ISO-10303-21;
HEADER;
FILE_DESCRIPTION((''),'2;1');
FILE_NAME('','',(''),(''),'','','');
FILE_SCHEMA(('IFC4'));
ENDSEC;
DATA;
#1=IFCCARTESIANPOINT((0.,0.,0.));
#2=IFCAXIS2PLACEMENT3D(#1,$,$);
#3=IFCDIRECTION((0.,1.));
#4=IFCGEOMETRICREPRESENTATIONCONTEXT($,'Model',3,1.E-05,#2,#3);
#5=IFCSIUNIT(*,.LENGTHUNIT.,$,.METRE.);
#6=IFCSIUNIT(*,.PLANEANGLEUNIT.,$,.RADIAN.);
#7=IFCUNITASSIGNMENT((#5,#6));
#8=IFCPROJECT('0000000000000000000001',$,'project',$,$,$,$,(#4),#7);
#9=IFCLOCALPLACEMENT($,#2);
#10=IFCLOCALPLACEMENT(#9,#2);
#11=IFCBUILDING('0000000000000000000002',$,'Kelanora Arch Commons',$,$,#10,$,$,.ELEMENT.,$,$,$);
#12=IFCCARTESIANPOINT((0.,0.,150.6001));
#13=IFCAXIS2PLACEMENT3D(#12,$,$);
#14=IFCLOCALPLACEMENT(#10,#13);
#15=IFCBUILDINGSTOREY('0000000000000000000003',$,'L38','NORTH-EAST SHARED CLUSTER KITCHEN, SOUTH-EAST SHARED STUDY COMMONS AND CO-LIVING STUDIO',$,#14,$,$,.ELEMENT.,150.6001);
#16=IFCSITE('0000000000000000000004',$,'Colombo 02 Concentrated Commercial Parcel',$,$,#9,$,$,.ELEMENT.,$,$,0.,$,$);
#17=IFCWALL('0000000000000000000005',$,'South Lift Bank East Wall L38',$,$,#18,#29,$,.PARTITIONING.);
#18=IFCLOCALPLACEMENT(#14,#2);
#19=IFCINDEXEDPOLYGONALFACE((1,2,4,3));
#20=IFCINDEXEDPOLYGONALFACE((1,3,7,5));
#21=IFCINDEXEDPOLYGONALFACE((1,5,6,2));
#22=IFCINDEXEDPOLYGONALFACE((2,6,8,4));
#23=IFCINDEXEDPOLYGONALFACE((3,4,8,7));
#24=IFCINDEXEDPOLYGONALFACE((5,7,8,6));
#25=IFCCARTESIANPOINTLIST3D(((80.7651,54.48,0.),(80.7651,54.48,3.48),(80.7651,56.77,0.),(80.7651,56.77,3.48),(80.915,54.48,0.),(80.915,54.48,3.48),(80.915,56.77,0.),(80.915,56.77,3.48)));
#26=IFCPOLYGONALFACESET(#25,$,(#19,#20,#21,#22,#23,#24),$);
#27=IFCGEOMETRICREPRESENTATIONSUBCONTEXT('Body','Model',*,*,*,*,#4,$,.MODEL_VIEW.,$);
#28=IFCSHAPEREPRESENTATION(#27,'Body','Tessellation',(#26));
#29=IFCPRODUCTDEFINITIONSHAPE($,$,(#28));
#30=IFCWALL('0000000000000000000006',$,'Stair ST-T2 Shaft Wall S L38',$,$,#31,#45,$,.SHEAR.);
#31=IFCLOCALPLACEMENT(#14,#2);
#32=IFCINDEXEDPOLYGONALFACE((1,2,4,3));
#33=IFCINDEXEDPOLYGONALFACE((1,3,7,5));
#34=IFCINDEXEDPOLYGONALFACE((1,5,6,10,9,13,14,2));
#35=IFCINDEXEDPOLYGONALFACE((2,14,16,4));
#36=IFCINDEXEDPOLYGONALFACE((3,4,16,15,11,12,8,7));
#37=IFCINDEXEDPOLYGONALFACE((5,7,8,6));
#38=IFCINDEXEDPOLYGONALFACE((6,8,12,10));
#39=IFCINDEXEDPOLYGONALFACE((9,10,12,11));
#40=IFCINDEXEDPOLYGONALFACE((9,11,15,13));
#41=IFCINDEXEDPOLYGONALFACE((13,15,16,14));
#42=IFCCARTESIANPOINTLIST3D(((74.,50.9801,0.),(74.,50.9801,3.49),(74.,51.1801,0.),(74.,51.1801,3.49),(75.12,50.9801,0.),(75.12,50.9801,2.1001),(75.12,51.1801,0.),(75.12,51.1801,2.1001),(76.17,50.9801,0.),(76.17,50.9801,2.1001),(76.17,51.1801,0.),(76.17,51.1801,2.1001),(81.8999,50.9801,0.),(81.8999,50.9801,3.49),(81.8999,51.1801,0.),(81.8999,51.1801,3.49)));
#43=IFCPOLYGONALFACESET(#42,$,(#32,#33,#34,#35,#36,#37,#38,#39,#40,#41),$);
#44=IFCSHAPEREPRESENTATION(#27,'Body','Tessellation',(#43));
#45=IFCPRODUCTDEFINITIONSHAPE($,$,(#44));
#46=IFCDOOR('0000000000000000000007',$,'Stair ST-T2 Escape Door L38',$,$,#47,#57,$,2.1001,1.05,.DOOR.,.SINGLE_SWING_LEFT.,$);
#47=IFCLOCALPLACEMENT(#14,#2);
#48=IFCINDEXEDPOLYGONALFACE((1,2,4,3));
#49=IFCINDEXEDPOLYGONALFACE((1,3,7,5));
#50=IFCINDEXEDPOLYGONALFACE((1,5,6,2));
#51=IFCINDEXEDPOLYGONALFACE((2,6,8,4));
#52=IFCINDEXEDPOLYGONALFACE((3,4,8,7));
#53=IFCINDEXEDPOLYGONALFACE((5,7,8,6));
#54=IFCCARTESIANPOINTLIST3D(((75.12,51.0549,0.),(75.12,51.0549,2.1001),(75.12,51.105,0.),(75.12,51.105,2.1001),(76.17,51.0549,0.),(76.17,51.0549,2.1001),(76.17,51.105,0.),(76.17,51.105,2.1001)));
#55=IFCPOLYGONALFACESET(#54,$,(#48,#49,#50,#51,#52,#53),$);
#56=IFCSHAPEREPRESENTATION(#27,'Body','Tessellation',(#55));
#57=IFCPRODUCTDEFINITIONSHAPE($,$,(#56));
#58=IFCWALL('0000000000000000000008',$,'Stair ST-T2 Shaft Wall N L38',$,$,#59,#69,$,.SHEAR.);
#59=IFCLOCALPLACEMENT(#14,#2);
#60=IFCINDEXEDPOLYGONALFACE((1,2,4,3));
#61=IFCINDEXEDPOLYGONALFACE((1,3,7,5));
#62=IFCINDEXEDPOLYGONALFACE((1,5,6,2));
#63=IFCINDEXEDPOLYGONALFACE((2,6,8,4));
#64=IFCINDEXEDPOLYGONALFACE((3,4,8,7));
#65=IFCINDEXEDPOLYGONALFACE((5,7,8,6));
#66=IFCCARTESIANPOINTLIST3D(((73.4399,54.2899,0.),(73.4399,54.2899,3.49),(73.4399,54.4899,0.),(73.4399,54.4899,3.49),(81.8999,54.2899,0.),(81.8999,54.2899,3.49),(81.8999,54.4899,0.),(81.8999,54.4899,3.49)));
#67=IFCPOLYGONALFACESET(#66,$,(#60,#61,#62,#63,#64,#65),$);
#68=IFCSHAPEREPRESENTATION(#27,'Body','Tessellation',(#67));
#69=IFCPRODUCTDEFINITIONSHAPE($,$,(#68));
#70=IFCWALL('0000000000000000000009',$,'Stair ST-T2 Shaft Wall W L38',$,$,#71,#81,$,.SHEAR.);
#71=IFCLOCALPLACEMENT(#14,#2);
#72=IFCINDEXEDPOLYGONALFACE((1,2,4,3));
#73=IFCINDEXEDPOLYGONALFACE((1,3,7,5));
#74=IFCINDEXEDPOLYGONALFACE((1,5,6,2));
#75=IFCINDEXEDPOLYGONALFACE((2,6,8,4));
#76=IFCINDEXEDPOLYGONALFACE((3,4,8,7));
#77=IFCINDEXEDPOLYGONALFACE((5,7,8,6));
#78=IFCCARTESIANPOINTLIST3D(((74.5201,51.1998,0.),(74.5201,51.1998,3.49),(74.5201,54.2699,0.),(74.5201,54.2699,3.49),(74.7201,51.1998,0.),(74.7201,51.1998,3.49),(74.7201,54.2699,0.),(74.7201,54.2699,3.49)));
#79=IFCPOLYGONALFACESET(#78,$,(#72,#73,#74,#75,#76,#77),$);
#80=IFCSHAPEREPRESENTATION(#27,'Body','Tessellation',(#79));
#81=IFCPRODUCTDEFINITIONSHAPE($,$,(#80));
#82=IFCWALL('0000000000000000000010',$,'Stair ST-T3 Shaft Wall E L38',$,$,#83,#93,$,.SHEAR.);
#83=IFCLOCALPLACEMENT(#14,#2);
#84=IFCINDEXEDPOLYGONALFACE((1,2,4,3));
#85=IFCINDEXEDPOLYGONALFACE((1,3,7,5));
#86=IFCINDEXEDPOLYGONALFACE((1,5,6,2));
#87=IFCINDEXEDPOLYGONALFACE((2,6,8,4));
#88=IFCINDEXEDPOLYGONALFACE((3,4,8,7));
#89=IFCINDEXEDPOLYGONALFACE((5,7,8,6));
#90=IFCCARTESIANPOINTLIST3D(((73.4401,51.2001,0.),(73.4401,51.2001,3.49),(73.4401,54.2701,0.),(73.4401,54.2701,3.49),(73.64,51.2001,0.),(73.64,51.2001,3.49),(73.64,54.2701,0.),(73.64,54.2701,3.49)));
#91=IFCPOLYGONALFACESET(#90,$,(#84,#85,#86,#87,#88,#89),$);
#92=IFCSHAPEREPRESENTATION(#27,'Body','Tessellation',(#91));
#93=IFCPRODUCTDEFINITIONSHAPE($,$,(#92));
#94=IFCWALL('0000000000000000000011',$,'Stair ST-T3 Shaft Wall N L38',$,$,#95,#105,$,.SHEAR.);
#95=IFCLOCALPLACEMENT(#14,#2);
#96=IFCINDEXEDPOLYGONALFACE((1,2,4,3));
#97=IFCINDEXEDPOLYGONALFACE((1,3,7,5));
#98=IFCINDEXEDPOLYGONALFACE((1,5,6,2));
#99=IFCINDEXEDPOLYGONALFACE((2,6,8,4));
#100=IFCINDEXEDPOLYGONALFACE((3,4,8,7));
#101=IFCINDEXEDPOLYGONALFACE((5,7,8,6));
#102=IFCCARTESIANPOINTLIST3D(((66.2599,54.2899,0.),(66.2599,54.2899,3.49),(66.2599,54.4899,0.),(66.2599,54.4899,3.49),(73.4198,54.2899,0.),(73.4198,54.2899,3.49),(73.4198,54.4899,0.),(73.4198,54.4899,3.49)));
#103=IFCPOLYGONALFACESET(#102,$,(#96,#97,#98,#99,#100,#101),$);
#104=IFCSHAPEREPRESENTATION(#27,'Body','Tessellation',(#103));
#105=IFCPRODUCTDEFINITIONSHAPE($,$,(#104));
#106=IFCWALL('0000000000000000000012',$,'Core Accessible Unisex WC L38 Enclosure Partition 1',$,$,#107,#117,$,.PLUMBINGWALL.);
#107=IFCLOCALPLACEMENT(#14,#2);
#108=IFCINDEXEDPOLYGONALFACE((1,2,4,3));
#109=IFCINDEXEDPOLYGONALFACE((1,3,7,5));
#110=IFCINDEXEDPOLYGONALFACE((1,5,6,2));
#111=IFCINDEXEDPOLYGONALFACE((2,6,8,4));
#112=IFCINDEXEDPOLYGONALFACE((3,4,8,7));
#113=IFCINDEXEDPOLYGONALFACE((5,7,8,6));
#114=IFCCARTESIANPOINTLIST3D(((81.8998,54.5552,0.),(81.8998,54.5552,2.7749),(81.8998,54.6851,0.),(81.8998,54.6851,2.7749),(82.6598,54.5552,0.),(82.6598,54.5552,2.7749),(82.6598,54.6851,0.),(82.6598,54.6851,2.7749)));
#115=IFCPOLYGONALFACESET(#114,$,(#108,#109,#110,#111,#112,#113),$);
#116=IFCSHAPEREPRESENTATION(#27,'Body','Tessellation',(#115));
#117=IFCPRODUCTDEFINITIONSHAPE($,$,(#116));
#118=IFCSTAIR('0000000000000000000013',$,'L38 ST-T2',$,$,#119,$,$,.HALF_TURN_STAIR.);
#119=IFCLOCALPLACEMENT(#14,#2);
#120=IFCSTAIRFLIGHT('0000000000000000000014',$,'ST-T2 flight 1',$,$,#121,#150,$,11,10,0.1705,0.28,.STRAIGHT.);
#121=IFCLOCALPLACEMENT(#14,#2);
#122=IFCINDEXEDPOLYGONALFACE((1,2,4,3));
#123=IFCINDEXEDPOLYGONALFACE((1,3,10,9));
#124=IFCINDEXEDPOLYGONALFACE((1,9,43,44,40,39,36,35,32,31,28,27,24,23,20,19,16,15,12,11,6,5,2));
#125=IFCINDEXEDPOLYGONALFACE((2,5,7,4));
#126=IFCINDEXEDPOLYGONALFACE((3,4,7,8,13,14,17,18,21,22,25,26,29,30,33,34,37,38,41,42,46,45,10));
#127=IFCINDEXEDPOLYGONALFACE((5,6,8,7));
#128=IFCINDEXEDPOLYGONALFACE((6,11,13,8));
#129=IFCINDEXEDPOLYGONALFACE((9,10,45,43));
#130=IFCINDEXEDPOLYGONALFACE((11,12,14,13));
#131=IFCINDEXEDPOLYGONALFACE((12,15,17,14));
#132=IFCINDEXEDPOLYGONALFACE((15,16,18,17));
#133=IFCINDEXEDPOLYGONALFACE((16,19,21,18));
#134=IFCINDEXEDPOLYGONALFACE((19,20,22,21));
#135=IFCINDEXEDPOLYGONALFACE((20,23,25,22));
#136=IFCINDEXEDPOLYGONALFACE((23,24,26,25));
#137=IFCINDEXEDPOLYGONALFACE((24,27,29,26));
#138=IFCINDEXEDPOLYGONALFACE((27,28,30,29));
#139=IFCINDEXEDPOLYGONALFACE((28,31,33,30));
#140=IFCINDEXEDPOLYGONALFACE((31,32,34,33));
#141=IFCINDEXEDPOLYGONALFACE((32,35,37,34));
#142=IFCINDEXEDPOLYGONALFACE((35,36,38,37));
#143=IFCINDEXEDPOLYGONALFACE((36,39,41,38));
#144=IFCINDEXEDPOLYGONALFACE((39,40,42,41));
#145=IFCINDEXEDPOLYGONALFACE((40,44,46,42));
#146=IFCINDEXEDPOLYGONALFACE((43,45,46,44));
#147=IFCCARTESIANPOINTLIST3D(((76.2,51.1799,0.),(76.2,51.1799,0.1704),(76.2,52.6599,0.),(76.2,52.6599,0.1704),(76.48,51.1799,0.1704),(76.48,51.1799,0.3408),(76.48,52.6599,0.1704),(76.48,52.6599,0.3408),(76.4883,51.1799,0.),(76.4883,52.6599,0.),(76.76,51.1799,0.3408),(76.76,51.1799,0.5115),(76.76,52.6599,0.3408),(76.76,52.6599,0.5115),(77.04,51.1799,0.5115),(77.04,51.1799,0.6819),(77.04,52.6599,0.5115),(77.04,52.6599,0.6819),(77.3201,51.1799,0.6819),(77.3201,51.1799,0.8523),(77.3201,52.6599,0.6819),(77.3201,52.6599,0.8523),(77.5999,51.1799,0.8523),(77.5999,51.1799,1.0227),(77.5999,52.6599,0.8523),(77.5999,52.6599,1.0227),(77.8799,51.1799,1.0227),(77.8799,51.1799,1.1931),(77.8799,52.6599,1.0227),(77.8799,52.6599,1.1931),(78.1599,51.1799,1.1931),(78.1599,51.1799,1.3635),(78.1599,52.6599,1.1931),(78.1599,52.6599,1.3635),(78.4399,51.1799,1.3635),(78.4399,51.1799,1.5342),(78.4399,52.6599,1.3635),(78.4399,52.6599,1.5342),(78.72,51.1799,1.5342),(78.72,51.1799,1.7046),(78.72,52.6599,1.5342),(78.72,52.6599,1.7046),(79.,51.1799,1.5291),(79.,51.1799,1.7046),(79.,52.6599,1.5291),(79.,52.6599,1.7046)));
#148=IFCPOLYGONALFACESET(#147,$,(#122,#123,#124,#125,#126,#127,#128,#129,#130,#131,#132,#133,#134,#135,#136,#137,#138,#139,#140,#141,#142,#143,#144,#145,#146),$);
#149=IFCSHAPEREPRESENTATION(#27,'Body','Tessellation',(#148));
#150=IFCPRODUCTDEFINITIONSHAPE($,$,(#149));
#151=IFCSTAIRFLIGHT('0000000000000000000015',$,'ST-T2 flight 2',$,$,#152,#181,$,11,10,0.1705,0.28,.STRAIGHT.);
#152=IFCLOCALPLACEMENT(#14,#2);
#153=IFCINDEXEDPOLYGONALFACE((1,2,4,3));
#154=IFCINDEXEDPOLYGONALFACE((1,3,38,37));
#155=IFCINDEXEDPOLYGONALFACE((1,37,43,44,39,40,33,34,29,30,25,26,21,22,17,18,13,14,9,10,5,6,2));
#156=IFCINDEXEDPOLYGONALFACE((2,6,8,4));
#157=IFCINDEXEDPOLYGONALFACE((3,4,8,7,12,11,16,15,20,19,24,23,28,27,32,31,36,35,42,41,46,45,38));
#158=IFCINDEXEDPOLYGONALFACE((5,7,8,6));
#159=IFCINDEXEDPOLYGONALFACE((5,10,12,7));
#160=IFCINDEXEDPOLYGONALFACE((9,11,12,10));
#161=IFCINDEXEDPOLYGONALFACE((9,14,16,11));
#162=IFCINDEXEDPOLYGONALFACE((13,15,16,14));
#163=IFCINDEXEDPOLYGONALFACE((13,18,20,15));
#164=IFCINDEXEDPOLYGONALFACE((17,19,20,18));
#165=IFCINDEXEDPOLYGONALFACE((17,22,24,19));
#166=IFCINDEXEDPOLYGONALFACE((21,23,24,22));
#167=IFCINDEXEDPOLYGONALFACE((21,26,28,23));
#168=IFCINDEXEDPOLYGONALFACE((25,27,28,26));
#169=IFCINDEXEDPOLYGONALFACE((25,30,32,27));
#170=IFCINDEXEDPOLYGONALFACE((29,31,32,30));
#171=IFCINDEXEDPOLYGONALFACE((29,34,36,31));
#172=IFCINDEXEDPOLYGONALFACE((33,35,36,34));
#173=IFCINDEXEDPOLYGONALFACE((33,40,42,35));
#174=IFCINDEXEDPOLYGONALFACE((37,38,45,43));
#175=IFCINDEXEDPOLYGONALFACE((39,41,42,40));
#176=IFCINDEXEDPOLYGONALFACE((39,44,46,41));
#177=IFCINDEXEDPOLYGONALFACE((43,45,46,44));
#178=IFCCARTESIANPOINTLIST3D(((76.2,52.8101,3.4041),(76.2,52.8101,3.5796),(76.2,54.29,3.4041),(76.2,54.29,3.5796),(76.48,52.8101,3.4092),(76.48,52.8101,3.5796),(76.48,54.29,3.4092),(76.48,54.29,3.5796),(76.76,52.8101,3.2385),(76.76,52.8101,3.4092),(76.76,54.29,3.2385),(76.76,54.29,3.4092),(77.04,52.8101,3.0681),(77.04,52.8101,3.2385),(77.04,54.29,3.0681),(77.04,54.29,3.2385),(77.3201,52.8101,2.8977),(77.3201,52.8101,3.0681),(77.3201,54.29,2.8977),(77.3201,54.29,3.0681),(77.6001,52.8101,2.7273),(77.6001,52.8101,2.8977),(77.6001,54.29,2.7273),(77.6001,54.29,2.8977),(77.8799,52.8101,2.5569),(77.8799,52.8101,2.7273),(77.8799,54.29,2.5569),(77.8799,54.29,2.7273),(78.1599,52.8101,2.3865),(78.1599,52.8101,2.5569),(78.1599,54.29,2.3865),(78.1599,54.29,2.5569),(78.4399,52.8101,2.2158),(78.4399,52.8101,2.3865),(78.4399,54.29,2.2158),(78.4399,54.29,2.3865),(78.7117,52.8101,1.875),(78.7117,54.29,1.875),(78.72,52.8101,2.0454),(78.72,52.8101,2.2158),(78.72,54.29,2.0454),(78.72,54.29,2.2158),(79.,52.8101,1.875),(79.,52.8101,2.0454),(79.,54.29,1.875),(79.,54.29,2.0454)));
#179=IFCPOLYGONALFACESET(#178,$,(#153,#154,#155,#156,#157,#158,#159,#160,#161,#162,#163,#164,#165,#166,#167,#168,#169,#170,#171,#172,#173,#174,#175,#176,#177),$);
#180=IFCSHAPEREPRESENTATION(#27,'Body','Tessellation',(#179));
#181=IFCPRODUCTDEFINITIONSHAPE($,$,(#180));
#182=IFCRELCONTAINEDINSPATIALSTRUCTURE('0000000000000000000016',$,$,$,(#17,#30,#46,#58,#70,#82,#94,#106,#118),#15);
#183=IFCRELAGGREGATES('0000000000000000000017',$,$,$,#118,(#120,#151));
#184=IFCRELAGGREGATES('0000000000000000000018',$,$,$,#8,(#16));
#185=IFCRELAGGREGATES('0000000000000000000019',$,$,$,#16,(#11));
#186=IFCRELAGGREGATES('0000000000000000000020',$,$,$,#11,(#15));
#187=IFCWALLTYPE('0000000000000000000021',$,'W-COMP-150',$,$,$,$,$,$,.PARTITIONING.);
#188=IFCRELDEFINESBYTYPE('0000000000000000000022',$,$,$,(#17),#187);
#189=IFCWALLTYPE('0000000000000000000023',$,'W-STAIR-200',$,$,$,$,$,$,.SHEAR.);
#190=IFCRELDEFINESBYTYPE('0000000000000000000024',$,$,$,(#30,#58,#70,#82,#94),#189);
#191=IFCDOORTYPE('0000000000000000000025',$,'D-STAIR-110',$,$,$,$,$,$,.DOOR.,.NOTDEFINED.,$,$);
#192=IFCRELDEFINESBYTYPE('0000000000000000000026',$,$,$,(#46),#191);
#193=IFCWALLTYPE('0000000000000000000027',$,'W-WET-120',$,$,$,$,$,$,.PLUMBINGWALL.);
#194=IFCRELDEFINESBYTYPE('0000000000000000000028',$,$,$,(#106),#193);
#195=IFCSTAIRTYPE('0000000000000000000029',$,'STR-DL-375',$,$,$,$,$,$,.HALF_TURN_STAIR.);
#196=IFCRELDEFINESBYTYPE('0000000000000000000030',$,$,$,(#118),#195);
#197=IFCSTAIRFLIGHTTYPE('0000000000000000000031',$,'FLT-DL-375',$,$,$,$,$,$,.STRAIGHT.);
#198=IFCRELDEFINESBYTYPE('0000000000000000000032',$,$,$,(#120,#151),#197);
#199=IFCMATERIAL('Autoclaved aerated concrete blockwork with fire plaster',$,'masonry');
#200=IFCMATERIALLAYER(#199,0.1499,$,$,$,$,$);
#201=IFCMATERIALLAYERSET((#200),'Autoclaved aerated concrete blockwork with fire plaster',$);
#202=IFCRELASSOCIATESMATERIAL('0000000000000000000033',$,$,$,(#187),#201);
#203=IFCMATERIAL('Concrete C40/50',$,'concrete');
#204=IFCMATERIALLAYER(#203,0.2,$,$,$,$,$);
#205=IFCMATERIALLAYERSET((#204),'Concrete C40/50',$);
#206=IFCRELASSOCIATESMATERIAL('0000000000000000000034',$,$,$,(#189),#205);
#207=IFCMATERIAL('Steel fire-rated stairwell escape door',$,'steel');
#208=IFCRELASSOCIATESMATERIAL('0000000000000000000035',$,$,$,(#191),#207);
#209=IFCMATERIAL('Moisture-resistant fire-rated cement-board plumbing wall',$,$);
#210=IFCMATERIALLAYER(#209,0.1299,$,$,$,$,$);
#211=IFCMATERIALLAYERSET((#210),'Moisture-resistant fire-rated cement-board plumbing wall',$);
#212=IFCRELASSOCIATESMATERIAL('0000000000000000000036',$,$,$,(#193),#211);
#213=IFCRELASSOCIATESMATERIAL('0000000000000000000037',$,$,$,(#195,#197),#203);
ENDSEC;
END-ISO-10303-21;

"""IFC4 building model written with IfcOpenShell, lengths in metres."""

from ifc_helpers import new_model, si_unit, direction, frame, frame_2d, origin, place, context, subcontext, project, spatial, polyline, rectangle, outline, extrude, material, layer, layer_set, type_object, element, fill, aggregate, save


model = new_model("IFC4")

# Units and contexts
model_context = context("Model", 3, precision=1e-05, world=origin(), true_north=direction((0.0, 1.0)))
body_context = subcontext(model_context, "Body", "Model", "MODEL_VIEW")
ifc_project = project(units=[si_unit("LENGTHUNIT", "METRE"), si_unit("PLANEANGLEUNIT", "RADIAN")], contexts=[model_context])

# Site, building, storey
site_placement = place(None, origin())
site = spatial("IfcSite", under=ifc_project, at=site_placement, Name="Colombo 02 Concentrated Commercial Parcel", CompositionType="ELEMENT", RefElevation=0.0)
building_placement = place(site_placement, origin())
building = spatial("IfcBuilding", under=site, at=building_placement, Name="Kelanora Arch Commons", CompositionType="ELEMENT")
storey_placement = place(building_placement, frame((0.0, 0.0, 150.6001)))
storey = spatial("IfcBuildingStorey", under=building, at=storey_placement, Name="L38", Description="NORTH-EAST SHARED CLUSTER KITCHEN, SOUTH-EAST SHARED STUDY COMMONS AND CO-LIVING STUDIO", CompositionType="ELEMENT", Elevation=150.6001)

# Wall
ifc_material_1 = material(Name="Autoclaved aerated concrete blockwork with fire plaster", Category="masonry")
ifc_layer_1 = layer(ifc_material_1, 0.1499)
ifc_layer_set_1 = layer_set([ifc_layer_1], Name="Autoclaved aerated concrete blockwork with fire plaster")
wall_type_1 = type_object("IfcWallType", Name="W-COMP-150", PredefinedType="PARTITIONING", material=ifc_layer_set_1)
wall_1_placement = place(storey_placement, frame((80.8401, 54.48, 0.0), z_axis=(0.0, 0.0, 1.0), x_axis=(0.0, 1.0, 0.0)))
element("IfcWall", 1, at=wall_1_placement, inside=storey, type_object=wall_type_1, Name="South Lift Bank East Wall L38", PredefinedType="PARTITIONING", context=body_context, shape_type="SweptSolid", body=[
    extrude(rectangle(XDim=2.29, YDim=0.1499, at=frame_2d((1.145, 0.0))), origin(), (0.0, 0.0, 1.0), 3.48),
])

# Wall, opening, door
ifc_material_2 = material(Name="Concrete C40/50", Category="concrete")
ifc_layer_2 = layer(ifc_material_2, 0.2)
ifc_layer_set_2 = layer_set([ifc_layer_2], Name="Concrete C40/50")
wall_type_2 = type_object("IfcWallType", Name="W-STAIR-200", PredefinedType="SHEAR", material=ifc_layer_set_2)
wall_2_placement = place(storey_placement, frame((74.0, 51.0801, 0.0), z_axis=(0.0, 0.0, 1.0), x_axis=(1.0, 0.0, 0.0)))
wall_2 = element("IfcWall", 2, at=wall_2_placement, inside=storey, type_object=wall_type_2, Name="Stair ST-T2 Shaft Wall S L38", PredefinedType="SHEAR", context=body_context, shape_type="SweptSolid", body=[
    extrude(rectangle(XDim=7.8999, YDim=0.2, at=frame_2d((3.95, 0.0))), origin(), (0.0, 0.0, 1.0), 3.49),
])
opening_placement = place(wall_2_placement, frame((1.1201, 0.0, 0.0)))
opening = element("IfcOpeningElement", 3, at=opening_placement, cuts=wall_2, PredefinedType="OPENING", context=body_context, shape_type="SweptSolid", body=[
    extrude(rectangle(XDim=1.05, YDim=2.1001, at=frame_2d((0.5249, 1.05))), frame((0.0, 0.1099, 0.0), z_axis=(0.0, -1.0, 0.0), x_axis=(1.0, 0.0, 0.0)), (0.0, 0.0, 1.0), 0.22),
])
ifc_material_3 = material(Name="Steel fire-rated stairwell escape door", Category="steel")
door_type = type_object("IfcDoorType", Name="D-STAIR-110", OperationType="NOTDEFINED", PredefinedType="DOOR", material=ifc_material_3)
door_placement = place(opening_placement, origin())
door = element("IfcDoor", 4, at=door_placement, inside=storey, type_object=door_type, Name="Stair ST-T2 Escape Door L38", OperationType="SINGLE_SWING_LEFT", OverallHeight=2.1001, OverallWidth=1.05, PredefinedType="DOOR", context=body_context, shape_type="SweptSolid", body=[
    extrude(rectangle(XDim=1.05, YDim=2.1001, at=frame_2d((0.5249, 1.05))), frame((0.0, 0.0249, 0.0), z_axis=(0.0, -1.0, 0.0), x_axis=(1.0, 0.0, 0.0)), (0.0, 0.0, 1.0), 0.05),
])
fill(opening, door)

# Walls
wall_3_placement = place(storey_placement, frame((81.8999, 54.3899, 0.0), z_axis=(0.0, 0.0, 1.0), x_axis=(-1.0, 0.0, 0.0)))
element("IfcWall", 5, at=wall_3_placement, inside=storey, type_object=wall_type_2, Name="Stair ST-T2 Shaft Wall N L38", PredefinedType="SHEAR", context=body_context, shape_type="SweptSolid", body=[
    extrude(rectangle(XDim=8.46, YDim=0.2, at=frame_2d((4.23, 0.0))), origin(), (0.0, 0.0, 1.0), 3.49),
])
for number, where, z_axis, x_axis, name in (
    (6, (74.6201, 54.27, 0.0), (0.0, 0.0, 1.0), (0.0, -1.0, 0.0), "Stair ST-T2 Shaft Wall W L38"),
    (7, (73.54, 51.2, 0.0), (0.0, 0.0, 1.0), (0.0, 1.0, 0.0), "Stair ST-T3 Shaft Wall E L38"),
):
    element("IfcWall", number, at=place(storey_placement, frame(where, z_axis=z_axis, x_axis=x_axis)), inside=storey, type_object=wall_type_2, Name=name, PredefinedType="SHEAR", context=body_context, shape_type="SweptSolid", body=[
        extrude(rectangle(XDim=3.0701, YDim=0.2, at=frame_2d((1.5352, 0.0))), origin(), (0.0, 0.0, 1.0), 3.49),
    ])
wall_4_placement = place(storey_placement, frame((73.4199, 54.3899, 0.0), z_axis=(0.0, 0.0, 1.0), x_axis=(-1.0, 0.0, 0.0)))
element("IfcWall", 8, at=wall_4_placement, inside=storey, type_object=wall_type_2, Name="Stair ST-T3 Shaft Wall N L38", PredefinedType="SHEAR", context=body_context, shape_type="SweptSolid", body=[
    extrude(rectangle(XDim=7.1599, YDim=0.2, at=frame_2d((3.5801, 0.0))), origin(), (0.0, 0.0, 1.0), 3.49),
])
ifc_material_4 = material(Name="Moisture-resistant fire-rated cement-board plumbing wall")
ifc_layer_3 = layer(ifc_material_4, 0.1299)
ifc_layer_set_3 = layer_set([ifc_layer_3], Name="Moisture-resistant fire-rated cement-board plumbing wall")
wall_type_3 = type_object("IfcWallType", Name="W-WET-120", PredefinedType="PLUMBINGWALL", material=ifc_layer_set_3)
wall_5_placement = place(storey_placement, frame((81.8999, 54.6201, 0.0), z_axis=(0.0, 0.0, 1.0), x_axis=(1.0, 0.0, 0.0)))
element("IfcWall", 9, at=wall_5_placement, inside=storey, type_object=wall_type_3, Name="Core Accessible Unisex WC L38 Enclosure Partition 1", PredefinedType="PLUMBINGWALL", context=body_context, shape_type="SweptSolid", body=[
    extrude(rectangle(XDim=0.76, YDim=0.1299, at=frame_2d((0.3799, 0.0))), origin(), (0.0, 0.0, 1.0), 2.7749),
])

# Stair, stair flights
stair_type = type_object("IfcStairType", Name="STR-DL-375", PredefinedType="HALF_TURN_STAIR", material=ifc_material_2)
stair_placement = place(storey_placement, origin())
stair = element("IfcStair", 10, at=stair_placement, inside=storey, type_object=stair_type, Name="L38 ST-T2", PredefinedType="HALF_TURN_STAIR")
stair_flight_type = type_object("IfcStairFlightType", Name="FLT-DL-375", PredefinedType="STRAIGHT", material=ifc_material_2)
stair_flight_1_placement = place(storey_placement, frame((76.2, 51.9199, 0.0), z_axis=(0.0, 0.0, 1.0), x_axis=(1.0, 0.0, 0.0)))
stair_flight_1 = element("IfcStairFlight", 11, at=stair_flight_1_placement, type_object=stair_flight_type, Name="ST-T2 flight 1", NumberOfRisers=11, NumberOfTreads=10, PredefinedType="STRAIGHT", RiserHeight=0.1705, TreadLength=0.28, context=body_context, shape_type="SweptSolid", body=[
    extrude(outline(polyline([(0.0, 0.0), (0.0, 0.1704), (0.28, 0.1704), (0.28, 0.3408), (0.5601, 0.3408), (0.5601, 0.5115), (0.8401, 0.5115), (0.8401, 0.6819), (1.1201, 0.6819), (1.1201, 0.8523), (1.3999, 0.8523), (1.3999, 1.0227), (1.6799, 1.0227), (1.6799, 1.1931), (1.96, 1.1931), (1.96, 1.3635), (2.24, 1.3635), (2.24, 1.5342), (2.52, 1.5342), (2.52, 1.7046), (2.8, 1.7046), (2.8, 1.875), (2.8, 1.5291), (0.2883, 0.0), (0.0, 0.0)])), frame((0.0, 0.74, 0.0), z_axis=(0.0, -1.0, 0.0), x_axis=(1.0, 0.0, 0.0)), (0.0, 0.0, 1.0), 1.48),
])
stair_flight_2_placement = place(storey_placement, frame((79.0, 53.55, 1.875), z_axis=(0.0, 0.0, 1.0), x_axis=(-1.0, 0.0, 0.0)))
stair_flight_2 = element("IfcStairFlight", 12, at=stair_flight_2_placement, type_object=stair_flight_type, Name="ST-T2 flight 2", NumberOfRisers=11, NumberOfTreads=10, PredefinedType="STRAIGHT", RiserHeight=0.1705, TreadLength=0.28, context=body_context, shape_type="SweptSolid", body=[
    extrude(outline(polyline([(0.0, 0.0), (0.0, 0.1704), (0.28, 0.1704), (0.28, 0.3408), (0.5601, 0.3408), (0.5601, 0.5115), (0.8401, 0.5115), (0.8401, 0.6819), (1.1201, 0.6819), (1.1201, 0.8523), (1.3999, 0.8523), (1.3999, 1.0227), (1.6799, 1.0227), (1.6799, 1.1931), (1.96, 1.1931), (1.96, 1.3635), (2.24, 1.3635), (2.24, 1.5342), (2.52, 1.5342), (2.52, 1.7046), (2.8, 1.7046), (2.8, 1.875), (2.8, 1.5291), (0.2883, 0.0), (0.0, 0.0)])), frame((0.0, 0.74, 0.0), z_axis=(0.0, -1.0, 0.0), x_axis=(1.0, 0.0, 0.0)), (0.0, 0.0, 1.0), 1.48),
])
aggregate(stair, [stair_flight_1, stair_flight_2])

save(model, "model.ifc")
